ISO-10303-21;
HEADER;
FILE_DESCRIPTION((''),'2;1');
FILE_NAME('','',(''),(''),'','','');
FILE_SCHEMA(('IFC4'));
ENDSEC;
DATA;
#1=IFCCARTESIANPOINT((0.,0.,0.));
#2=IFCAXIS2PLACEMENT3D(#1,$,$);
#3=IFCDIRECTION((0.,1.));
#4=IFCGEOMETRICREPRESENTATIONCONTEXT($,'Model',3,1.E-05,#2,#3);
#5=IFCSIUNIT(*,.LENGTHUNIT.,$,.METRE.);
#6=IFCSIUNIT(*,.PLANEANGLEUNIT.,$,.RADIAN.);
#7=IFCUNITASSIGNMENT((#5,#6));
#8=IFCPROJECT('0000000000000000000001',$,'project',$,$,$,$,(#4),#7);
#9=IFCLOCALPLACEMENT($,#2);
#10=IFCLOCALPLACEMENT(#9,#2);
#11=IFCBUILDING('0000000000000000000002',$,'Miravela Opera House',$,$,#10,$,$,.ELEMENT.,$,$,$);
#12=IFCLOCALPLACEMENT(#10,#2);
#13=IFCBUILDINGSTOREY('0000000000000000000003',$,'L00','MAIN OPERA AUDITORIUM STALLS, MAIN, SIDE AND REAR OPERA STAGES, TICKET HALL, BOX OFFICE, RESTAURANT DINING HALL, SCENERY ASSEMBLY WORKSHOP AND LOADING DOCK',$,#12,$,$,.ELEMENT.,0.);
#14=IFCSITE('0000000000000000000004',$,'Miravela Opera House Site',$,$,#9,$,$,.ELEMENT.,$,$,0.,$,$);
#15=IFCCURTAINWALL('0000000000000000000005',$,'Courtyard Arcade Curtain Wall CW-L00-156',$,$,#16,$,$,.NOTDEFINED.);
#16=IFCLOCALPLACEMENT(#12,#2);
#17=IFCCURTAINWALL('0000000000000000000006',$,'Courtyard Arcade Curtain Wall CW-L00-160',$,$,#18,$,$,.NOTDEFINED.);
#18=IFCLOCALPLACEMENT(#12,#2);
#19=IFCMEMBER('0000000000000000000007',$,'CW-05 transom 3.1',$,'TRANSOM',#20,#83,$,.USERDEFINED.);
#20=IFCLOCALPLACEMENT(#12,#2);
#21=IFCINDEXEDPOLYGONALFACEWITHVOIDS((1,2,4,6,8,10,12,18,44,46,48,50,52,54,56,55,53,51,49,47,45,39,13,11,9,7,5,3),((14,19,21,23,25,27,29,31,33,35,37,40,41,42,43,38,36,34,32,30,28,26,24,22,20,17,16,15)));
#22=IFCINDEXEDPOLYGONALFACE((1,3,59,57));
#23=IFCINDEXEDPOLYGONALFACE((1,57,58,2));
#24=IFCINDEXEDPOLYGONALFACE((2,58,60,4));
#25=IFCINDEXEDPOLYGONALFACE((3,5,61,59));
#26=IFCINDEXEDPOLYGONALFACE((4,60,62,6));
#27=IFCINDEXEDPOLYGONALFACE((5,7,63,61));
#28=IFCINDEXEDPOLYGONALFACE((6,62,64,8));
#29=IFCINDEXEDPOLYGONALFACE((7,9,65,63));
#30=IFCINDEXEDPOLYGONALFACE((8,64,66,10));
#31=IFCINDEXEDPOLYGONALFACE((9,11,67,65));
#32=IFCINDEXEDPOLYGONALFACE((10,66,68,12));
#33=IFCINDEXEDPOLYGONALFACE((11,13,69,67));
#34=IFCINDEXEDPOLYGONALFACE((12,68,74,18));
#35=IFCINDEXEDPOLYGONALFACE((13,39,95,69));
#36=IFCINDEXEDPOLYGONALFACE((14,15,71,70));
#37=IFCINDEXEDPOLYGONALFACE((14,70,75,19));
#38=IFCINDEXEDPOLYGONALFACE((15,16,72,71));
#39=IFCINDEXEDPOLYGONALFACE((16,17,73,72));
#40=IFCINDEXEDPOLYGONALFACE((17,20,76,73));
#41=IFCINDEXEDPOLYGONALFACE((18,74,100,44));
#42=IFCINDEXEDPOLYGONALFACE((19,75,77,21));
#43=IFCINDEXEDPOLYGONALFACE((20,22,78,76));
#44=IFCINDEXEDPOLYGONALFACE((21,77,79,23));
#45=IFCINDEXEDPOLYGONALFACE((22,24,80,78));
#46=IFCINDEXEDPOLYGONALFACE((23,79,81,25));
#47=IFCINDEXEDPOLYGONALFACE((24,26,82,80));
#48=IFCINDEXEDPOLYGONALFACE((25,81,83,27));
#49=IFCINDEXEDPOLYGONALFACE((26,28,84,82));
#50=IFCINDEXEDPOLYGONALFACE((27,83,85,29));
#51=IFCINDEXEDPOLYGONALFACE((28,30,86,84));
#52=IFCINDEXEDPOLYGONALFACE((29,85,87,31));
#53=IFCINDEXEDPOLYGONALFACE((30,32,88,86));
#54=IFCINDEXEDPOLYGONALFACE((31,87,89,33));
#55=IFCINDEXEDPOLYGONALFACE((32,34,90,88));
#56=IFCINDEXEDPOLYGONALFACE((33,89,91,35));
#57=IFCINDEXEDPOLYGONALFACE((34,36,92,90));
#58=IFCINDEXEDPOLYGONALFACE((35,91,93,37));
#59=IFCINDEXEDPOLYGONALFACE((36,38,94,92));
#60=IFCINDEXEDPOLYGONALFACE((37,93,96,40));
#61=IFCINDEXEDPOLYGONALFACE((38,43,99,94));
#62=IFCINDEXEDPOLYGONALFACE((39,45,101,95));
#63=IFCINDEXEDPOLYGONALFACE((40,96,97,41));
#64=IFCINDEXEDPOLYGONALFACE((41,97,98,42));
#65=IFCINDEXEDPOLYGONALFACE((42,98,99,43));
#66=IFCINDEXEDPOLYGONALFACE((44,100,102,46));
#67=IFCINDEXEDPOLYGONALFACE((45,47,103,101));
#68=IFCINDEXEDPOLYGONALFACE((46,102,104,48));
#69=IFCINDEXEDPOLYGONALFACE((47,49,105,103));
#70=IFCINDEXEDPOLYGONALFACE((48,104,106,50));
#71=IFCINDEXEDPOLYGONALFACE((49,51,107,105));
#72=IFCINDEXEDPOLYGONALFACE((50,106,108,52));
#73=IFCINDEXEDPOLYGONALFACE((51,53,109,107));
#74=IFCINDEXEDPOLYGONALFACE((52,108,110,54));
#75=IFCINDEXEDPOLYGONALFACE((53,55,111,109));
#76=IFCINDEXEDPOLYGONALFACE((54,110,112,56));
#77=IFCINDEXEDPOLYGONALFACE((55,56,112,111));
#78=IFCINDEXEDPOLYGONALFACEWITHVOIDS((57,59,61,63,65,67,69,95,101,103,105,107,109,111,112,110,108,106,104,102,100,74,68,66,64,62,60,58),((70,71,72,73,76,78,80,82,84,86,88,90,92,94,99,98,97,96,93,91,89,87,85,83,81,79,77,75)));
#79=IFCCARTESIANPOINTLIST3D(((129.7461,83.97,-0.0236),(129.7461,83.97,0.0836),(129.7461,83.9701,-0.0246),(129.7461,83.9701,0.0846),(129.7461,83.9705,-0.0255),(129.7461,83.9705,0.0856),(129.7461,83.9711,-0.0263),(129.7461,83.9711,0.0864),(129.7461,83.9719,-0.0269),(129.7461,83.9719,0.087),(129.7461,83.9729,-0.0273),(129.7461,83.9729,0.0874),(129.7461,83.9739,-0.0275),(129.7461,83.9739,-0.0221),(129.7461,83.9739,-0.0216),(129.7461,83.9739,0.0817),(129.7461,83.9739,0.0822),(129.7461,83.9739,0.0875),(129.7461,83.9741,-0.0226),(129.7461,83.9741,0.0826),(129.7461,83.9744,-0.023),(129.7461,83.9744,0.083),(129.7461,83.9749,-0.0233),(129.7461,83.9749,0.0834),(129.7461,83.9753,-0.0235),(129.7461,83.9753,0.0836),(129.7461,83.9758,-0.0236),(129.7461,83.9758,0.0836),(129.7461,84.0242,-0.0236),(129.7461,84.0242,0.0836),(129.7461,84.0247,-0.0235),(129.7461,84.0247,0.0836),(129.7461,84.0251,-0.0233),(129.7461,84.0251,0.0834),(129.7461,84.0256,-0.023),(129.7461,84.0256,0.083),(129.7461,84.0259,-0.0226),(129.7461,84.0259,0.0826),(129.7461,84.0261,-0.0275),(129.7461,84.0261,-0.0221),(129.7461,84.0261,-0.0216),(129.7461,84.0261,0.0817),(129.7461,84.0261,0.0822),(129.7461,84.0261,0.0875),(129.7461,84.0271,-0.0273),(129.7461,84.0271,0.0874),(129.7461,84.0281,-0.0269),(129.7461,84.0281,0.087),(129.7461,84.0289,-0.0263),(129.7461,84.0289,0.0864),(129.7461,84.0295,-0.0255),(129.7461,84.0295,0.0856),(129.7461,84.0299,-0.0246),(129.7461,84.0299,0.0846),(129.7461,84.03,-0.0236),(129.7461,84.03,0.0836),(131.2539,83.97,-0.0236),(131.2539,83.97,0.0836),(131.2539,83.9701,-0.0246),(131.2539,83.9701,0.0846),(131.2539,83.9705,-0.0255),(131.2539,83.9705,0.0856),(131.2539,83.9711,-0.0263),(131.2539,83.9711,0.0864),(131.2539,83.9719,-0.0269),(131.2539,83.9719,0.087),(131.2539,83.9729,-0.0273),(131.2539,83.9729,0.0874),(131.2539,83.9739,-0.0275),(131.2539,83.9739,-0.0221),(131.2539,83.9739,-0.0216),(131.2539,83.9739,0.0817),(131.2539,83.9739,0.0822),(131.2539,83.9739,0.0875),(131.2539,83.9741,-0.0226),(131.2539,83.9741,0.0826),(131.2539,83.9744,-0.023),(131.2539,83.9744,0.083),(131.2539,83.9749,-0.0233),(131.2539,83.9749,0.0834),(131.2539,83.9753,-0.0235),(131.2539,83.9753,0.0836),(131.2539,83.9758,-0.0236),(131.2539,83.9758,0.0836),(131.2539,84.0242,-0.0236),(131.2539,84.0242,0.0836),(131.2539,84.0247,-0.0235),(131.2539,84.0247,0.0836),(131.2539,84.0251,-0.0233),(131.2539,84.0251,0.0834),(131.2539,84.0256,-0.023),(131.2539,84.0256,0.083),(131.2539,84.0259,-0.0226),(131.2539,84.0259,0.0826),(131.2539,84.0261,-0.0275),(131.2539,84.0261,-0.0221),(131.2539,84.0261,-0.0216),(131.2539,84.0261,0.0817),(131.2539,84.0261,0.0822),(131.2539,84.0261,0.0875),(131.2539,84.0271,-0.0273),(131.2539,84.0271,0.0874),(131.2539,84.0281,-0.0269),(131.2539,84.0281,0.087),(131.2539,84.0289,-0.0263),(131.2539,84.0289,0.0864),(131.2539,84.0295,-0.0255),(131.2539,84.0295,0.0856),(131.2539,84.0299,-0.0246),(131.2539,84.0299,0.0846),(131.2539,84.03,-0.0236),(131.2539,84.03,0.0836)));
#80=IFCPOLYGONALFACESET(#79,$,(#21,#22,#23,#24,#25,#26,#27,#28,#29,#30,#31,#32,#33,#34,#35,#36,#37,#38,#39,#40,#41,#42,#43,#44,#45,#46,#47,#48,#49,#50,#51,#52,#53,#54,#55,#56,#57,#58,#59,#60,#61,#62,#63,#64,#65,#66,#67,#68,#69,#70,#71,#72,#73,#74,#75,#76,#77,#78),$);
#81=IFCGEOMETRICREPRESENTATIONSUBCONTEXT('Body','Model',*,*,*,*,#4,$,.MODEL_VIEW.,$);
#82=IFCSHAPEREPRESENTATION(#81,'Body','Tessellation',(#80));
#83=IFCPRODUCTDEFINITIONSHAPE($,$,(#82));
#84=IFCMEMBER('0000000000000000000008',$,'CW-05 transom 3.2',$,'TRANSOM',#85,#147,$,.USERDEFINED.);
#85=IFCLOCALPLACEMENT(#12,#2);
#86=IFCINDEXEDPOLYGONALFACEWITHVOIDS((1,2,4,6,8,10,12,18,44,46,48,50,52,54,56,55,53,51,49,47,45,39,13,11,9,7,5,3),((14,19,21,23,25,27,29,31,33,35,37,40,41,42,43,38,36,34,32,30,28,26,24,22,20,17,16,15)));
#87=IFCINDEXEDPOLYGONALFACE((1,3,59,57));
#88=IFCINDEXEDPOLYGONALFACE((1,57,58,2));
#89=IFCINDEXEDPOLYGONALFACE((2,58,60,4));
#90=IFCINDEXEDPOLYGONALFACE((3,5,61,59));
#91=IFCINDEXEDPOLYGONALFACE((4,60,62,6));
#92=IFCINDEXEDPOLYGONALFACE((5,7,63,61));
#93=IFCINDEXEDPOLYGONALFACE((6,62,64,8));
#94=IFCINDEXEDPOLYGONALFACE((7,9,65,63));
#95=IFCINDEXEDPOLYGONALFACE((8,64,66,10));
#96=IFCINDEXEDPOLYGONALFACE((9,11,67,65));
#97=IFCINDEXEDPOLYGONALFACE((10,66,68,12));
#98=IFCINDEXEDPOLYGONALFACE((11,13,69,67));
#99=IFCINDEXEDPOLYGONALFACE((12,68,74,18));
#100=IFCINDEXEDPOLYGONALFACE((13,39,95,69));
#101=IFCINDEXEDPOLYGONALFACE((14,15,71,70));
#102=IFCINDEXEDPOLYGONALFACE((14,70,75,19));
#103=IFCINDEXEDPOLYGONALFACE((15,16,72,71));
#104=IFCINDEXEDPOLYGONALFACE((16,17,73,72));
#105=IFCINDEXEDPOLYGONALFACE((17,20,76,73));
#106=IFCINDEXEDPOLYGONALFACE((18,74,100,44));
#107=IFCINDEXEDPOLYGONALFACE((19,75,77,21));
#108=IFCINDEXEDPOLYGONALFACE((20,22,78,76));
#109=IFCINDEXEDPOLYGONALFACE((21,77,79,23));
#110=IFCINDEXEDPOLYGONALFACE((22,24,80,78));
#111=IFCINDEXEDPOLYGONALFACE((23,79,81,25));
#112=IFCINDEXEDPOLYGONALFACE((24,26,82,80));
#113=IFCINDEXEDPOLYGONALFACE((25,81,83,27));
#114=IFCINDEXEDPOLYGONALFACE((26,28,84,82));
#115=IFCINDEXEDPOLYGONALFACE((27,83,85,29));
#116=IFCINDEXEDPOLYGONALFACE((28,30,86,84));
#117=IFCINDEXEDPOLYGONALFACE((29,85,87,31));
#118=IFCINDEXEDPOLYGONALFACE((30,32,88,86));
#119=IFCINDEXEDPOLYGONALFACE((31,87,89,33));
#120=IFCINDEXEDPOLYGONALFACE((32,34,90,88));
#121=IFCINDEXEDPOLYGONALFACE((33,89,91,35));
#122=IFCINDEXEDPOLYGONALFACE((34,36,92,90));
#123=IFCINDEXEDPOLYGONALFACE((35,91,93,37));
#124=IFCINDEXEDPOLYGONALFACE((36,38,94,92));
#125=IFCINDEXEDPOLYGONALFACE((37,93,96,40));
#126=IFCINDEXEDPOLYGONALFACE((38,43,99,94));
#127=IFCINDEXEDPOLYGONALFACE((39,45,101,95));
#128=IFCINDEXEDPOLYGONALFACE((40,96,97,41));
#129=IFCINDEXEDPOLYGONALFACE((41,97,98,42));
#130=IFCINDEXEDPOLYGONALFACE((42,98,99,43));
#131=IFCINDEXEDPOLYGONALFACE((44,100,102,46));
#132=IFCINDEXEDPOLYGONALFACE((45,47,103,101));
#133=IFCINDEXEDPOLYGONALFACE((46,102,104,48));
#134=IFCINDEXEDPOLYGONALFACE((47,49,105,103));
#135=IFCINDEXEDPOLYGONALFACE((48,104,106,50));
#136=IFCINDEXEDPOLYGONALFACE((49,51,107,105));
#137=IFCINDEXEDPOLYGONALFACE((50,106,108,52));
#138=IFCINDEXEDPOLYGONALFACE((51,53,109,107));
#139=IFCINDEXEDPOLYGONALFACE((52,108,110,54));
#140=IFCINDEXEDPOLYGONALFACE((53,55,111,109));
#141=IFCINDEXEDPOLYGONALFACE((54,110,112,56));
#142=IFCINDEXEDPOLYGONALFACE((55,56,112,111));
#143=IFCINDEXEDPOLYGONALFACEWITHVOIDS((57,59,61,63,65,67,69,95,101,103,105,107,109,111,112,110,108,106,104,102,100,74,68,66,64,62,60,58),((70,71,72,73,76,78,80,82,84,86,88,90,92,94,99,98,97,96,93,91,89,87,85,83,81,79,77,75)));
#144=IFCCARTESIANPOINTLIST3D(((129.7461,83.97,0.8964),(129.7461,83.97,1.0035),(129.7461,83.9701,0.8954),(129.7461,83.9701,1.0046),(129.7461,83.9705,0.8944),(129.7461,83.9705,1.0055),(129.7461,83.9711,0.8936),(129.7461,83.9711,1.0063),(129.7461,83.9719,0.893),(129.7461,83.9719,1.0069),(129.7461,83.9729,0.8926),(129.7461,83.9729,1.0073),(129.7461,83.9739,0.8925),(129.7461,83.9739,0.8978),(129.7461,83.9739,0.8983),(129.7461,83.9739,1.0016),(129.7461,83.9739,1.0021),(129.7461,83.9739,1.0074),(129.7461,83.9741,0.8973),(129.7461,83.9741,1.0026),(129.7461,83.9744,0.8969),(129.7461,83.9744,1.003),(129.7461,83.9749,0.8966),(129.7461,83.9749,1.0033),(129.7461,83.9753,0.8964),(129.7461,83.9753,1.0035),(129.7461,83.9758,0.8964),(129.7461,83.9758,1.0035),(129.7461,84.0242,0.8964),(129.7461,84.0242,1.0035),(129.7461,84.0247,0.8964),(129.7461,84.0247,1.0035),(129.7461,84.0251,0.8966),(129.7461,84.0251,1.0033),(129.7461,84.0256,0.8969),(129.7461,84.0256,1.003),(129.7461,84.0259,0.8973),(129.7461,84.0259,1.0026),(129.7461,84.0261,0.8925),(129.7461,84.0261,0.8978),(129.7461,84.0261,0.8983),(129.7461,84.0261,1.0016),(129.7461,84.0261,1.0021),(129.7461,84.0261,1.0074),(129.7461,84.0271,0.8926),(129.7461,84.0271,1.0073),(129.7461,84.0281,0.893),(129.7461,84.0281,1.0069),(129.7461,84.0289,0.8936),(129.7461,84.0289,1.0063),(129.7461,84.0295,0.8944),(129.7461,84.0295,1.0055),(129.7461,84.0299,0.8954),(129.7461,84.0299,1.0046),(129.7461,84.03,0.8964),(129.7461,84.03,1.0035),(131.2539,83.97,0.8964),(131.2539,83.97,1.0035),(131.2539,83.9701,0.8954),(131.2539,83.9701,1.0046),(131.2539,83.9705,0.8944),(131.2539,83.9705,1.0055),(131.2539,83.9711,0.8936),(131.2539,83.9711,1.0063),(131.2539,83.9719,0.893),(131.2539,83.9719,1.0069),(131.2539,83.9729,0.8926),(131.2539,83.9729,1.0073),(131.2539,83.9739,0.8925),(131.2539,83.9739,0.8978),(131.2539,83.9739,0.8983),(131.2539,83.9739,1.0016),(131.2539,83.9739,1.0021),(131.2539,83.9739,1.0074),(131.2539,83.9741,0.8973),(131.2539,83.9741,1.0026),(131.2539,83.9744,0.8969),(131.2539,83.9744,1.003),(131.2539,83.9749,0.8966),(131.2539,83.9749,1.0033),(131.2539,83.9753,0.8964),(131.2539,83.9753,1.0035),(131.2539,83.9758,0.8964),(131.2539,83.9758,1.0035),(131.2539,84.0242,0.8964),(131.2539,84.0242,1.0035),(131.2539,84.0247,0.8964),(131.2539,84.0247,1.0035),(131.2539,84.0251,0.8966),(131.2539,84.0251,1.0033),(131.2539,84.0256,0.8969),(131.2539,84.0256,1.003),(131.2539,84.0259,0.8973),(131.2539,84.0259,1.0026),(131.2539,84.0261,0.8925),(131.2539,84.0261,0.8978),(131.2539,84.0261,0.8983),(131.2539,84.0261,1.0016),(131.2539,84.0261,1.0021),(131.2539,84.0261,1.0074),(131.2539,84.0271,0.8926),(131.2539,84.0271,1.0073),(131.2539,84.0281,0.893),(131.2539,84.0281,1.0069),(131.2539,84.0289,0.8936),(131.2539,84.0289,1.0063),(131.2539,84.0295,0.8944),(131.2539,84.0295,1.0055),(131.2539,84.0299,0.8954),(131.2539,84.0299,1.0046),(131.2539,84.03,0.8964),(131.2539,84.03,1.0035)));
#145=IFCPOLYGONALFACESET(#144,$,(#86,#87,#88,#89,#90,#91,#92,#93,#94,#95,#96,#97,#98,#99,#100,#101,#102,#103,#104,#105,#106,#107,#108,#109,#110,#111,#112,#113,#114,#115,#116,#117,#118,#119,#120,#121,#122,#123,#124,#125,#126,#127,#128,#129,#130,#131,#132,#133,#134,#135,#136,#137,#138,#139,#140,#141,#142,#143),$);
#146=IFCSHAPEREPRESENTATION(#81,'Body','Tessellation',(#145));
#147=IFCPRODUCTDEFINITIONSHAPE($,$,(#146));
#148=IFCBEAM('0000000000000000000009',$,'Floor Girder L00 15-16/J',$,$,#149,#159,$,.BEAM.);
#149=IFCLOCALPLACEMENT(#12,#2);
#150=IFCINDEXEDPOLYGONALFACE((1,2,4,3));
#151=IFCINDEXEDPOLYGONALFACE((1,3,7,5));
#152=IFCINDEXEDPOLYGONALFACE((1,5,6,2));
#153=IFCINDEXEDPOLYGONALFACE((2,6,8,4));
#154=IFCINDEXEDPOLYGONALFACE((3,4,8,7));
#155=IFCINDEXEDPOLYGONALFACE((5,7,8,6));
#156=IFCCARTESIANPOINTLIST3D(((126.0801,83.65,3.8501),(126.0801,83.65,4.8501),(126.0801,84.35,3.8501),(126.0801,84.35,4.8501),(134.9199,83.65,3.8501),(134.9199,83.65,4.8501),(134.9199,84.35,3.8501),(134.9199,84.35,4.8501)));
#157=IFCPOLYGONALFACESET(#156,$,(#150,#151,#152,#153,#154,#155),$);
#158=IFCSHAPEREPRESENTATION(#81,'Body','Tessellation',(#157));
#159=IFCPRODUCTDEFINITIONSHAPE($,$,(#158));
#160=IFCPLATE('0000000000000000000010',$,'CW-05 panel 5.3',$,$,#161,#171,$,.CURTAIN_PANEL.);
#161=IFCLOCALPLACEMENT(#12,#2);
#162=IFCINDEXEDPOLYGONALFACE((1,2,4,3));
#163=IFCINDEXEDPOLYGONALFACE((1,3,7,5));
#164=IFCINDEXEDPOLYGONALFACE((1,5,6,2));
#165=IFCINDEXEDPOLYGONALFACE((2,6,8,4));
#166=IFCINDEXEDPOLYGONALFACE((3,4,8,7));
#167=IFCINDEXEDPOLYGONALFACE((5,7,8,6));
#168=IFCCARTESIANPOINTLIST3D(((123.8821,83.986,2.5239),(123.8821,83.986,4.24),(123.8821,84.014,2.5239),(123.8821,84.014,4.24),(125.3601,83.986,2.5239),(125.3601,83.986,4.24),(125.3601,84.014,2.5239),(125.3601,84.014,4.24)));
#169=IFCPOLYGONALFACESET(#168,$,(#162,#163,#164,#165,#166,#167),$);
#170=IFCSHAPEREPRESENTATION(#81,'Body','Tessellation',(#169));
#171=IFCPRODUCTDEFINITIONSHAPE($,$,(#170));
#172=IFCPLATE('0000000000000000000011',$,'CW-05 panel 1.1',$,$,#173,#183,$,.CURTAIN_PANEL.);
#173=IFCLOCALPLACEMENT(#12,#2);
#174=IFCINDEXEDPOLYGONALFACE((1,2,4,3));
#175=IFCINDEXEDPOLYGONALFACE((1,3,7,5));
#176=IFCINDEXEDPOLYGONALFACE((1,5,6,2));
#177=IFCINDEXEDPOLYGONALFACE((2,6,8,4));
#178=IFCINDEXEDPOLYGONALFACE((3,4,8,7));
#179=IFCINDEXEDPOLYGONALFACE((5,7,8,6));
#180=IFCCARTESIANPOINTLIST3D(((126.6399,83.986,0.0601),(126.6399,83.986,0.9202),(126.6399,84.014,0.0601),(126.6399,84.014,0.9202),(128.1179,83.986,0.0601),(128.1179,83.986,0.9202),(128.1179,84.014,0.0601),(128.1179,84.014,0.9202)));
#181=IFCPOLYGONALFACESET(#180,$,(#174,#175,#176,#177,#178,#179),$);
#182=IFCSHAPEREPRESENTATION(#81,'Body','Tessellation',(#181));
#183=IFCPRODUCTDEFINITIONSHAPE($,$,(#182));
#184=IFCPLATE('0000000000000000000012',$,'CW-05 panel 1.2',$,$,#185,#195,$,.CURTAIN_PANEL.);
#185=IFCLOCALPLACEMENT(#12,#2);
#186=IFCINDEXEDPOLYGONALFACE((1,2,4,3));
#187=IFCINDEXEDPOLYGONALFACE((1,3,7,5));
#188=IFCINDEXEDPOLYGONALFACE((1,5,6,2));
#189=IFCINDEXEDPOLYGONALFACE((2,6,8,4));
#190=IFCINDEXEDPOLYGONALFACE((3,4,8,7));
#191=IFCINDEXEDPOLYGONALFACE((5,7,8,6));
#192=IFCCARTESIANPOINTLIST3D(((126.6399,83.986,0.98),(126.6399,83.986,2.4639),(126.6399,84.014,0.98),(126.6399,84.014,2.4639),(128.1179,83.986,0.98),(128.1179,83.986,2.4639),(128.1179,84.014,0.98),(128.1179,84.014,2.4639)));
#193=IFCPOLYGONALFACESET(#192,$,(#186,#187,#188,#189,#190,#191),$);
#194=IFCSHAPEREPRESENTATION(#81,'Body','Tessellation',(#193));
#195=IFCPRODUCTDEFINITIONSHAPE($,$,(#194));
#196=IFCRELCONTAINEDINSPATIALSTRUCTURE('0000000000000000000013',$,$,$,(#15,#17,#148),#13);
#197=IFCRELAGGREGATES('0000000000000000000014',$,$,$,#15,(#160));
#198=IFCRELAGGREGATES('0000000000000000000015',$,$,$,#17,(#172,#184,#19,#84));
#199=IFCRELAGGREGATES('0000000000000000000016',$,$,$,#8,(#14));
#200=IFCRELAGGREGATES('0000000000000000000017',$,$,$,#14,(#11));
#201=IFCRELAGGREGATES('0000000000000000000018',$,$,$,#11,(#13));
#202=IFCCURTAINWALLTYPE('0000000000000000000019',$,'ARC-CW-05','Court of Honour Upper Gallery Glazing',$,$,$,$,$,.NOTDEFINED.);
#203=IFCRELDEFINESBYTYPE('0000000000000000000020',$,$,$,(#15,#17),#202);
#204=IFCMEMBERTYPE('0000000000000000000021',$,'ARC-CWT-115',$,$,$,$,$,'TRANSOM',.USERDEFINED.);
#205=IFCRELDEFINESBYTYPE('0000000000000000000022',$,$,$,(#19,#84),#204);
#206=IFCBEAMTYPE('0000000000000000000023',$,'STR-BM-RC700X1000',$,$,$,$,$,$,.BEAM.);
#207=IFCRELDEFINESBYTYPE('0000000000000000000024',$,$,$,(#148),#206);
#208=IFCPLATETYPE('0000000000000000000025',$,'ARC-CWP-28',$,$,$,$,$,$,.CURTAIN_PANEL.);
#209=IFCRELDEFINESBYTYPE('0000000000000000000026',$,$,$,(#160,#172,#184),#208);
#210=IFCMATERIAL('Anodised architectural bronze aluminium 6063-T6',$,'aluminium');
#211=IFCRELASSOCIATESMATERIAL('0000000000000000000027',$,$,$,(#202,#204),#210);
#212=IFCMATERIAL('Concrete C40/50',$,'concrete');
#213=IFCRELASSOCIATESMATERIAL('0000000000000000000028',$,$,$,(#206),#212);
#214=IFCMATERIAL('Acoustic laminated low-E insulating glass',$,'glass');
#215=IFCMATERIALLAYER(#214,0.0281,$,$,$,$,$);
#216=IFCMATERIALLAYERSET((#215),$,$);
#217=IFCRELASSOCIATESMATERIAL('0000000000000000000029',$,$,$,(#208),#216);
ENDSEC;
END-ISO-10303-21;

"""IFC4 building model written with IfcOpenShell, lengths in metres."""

from ifc_helpers import new_model, si_unit, direction, frame, origin, origin_2d, place, context, subcontext, project, spatial, rectangle, hollow_rectangle, extrude, material, layer, layer_set, material_profile, profile_set, type_object, element, aggregate, save


model = new_model("IFC4")

# Units and contexts
model_context = context("Model", 3, precision=1e-05, world=origin(), true_north=direction((0.0, 1.0)))
body_context = subcontext(model_context, "Body", "Model", "MODEL_VIEW")
ifc_project = project(units=[si_unit("LENGTHUNIT", "METRE"), si_unit("PLANEANGLEUNIT", "RADIAN")], contexts=[model_context])

# Site, building, storey
site_placement = place(None, origin())
site = spatial("IfcSite", under=ifc_project, at=site_placement, Name="Miravela Opera House Site", CompositionType="ELEMENT", RefElevation=0.0)
building_placement = place(site_placement, origin())
building = spatial("IfcBuilding", under=site, at=building_placement, Name="Miravela Opera House", CompositionType="ELEMENT")
storey_placement = place(building_placement, origin())
storey = spatial("IfcBuildingStorey", under=building, at=storey_placement, Name="L00", Description="MAIN OPERA AUDITORIUM STALLS, MAIN, SIDE AND REAR OPERA STAGES, TICKET HALL, BOX OFFICE, RESTAURANT DINING HALL, SCENERY ASSEMBLY WORKSHOP AND LOADING DOCK", CompositionType="ELEMENT", Elevation=0.0)

# Curtain wall
ifc_material_1 = material(Name="Anodised architectural bronze aluminium 6063-T6", Category="aluminium")
curtain_wall_type = type_object("IfcCurtainWallType", Name="ARC-CW-05", Description="Court of Honour Upper Gallery Glazing", PredefinedType="NOTDEFINED", material=ifc_material_1)
curtain_wall_1_placement = place(storey_placement, origin())
curtain_wall_1 = element("IfcCurtainWall", 1, at=curtain_wall_1_placement, inside=storey, type_object=curtain_wall_type, Name="Courtyard Arcade Curtain Wall CW-L00-156", PredefinedType="NOTDEFINED")

# Curtain wall, members
curtain_wall_2_placement = place(storey_placement, origin())
curtain_wall_2 = element("IfcCurtainWall", 2, at=curtain_wall_2_placement, inside=storey, type_object=curtain_wall_type, Name="Courtyard Arcade Curtain Wall CW-L00-160", PredefinedType="NOTDEFINED")
ifc_material_profile_1 = material_profile(ifc_material_1, hollow_rectangle(XDim=0.0601, YDim=0.115, WallThickness=0.0039, InnerFilletRadius=0.002, OuterFilletRadius=0.0039, at=origin_2d()), Name="CWT-60X115")
ifc_profile_set_1 = profile_set([ifc_material_profile_1])
member_type_1 = type_object("IfcMemberType", Name="ARC-CWT-115", ElementType="TRANSOM", PredefinedType="USERDEFINED", material=ifc_profile_set_1)
member_1_placement = place(storey_placement, frame((129.7461, 84.0, 0.03), z_axis=(1.0, 0.0, 0.0), x_axis=(0.0, 1.0, 0.0)))
member_1 = element("IfcMember", 3, at=member_1_placement, type_object=member_type_1, Name="CW-05 transom 3.1", ObjectType="TRANSOM", PredefinedType="USERDEFINED", context=body_context, shape_type="SweptSolid", body=[
    extrude(hollow_rectangle(XDim=0.0601, YDim=0.115, WallThickness=0.0039, InnerFilletRadius=0.002, OuterFilletRadius=0.0039, at=origin_2d()), origin(), (0.0, 0.0, 1.0), 1.5078),
])
member_2_placement = place(storey_placement, frame((129.7461, 84.0, 0.95), z_axis=(1.0, 0.0, 0.0), x_axis=(0.0, 1.0, 0.0)))
member_2 = element("IfcMember", 4, at=member_2_placement, type_object=member_type_1, Name="CW-05 transom 3.2", ObjectType="TRANSOM", PredefinedType="USERDEFINED", context=body_context, shape_type="SweptSolid", body=[
    extrude(hollow_rectangle(XDim=0.0601, YDim=0.115, WallThickness=0.0039, InnerFilletRadius=0.002, OuterFilletRadius=0.0039, at=origin_2d()), origin(), (0.0, 0.0, 1.0), 1.5078),
])

# Beam
ifc_material_2 = material(Name="Concrete C40/50", Category="concrete")
ifc_material_profile_2 = material_profile(ifc_material_2, rectangle(XDim=0.7, YDim=1.0, at=origin_2d()), Name="RC-BM-700X1000")
ifc_profile_set_2 = profile_set([ifc_material_profile_2])
beam_type = type_object("IfcBeamType", Name="STR-BM-RC700X1000", PredefinedType="BEAM", material=ifc_profile_set_2)
beam_placement = place(storey_placement, frame((126.0801, 84.0, 4.3501), z_axis=(1.0, 0.0, 0.0), x_axis=(0.0, 1.0, 0.0)))
element("IfcBeam", 5, at=beam_placement, inside=storey, type_object=beam_type, Name="Floor Girder L00 15-16/J", PredefinedType="BEAM", context=body_context, shape_type="SweptSolid", body=[
    extrude(rectangle(XDim=0.7, YDim=1.0, at=origin_2d()), origin(), (0.0, 0.0, 1.0), 8.8398),
])

# Plates
ifc_material_3 = material(Name="Acoustic laminated low-E insulating glass", Category="glass")
ifc_layer = layer(ifc_material_3, 0.0281)
ifc_layer_set = layer_set([ifc_layer])
plate_type = type_object("IfcPlateType", Name="ARC-CWP-28", PredefinedType="CURTAIN_PANEL", material=ifc_layer_set)
plate_1_placement = place(storey_placement, frame((124.6211, 84.0, 2.5239), z_axis=(0.0, 0.0, 1.0), x_axis=(1.0, 0.0, 0.0)))
plate_1 = element("IfcPlate", 6, at=plate_1_placement, type_object=plate_type, Name="CW-05 panel 5.3", PredefinedType="CURTAIN_PANEL", context=body_context, shape_type="SweptSolid", body=[
    extrude(rectangle(XDim=1.478, YDim=0.0281, at=origin_2d()), origin(), (0.0, 0.0, 1.0), 1.7161),
])
aggregate(curtain_wall_1, [plate_1])
plate_2_placement = place(storey_placement, frame((127.3789, 84.0, 0.0601), z_axis=(0.0, 0.0, 1.0), x_axis=(1.0, 0.0, 0.0)))
plate_2 = element("IfcPlate", 7, at=plate_2_placement, type_object=plate_type, Name="CW-05 panel 1.1", PredefinedType="CURTAIN_PANEL", context=body_context, shape_type="SweptSolid", body=[
    extrude(rectangle(XDim=1.478, YDim=0.0281, at=origin_2d()), origin(), (0.0, 0.0, 1.0), 0.8601),
])
plate_3_placement = place(storey_placement, frame((127.3789, 84.0, 0.98), z_axis=(0.0, 0.0, 1.0), x_axis=(1.0, 0.0, 0.0)))
plate_3 = element("IfcPlate", 8, at=plate_3_placement, type_object=plate_type, Name="CW-05 panel 1.2", PredefinedType="CURTAIN_PANEL", context=body_context, shape_type="SweptSolid", body=[
    extrude(rectangle(XDim=1.478, YDim=0.0281, at=origin_2d()), origin(), (0.0, 0.0, 1.0), 1.4839),
])
aggregate(curtain_wall_2, [plate_2, plate_3, member_1, member_2])

save(model, "model.ifc")
